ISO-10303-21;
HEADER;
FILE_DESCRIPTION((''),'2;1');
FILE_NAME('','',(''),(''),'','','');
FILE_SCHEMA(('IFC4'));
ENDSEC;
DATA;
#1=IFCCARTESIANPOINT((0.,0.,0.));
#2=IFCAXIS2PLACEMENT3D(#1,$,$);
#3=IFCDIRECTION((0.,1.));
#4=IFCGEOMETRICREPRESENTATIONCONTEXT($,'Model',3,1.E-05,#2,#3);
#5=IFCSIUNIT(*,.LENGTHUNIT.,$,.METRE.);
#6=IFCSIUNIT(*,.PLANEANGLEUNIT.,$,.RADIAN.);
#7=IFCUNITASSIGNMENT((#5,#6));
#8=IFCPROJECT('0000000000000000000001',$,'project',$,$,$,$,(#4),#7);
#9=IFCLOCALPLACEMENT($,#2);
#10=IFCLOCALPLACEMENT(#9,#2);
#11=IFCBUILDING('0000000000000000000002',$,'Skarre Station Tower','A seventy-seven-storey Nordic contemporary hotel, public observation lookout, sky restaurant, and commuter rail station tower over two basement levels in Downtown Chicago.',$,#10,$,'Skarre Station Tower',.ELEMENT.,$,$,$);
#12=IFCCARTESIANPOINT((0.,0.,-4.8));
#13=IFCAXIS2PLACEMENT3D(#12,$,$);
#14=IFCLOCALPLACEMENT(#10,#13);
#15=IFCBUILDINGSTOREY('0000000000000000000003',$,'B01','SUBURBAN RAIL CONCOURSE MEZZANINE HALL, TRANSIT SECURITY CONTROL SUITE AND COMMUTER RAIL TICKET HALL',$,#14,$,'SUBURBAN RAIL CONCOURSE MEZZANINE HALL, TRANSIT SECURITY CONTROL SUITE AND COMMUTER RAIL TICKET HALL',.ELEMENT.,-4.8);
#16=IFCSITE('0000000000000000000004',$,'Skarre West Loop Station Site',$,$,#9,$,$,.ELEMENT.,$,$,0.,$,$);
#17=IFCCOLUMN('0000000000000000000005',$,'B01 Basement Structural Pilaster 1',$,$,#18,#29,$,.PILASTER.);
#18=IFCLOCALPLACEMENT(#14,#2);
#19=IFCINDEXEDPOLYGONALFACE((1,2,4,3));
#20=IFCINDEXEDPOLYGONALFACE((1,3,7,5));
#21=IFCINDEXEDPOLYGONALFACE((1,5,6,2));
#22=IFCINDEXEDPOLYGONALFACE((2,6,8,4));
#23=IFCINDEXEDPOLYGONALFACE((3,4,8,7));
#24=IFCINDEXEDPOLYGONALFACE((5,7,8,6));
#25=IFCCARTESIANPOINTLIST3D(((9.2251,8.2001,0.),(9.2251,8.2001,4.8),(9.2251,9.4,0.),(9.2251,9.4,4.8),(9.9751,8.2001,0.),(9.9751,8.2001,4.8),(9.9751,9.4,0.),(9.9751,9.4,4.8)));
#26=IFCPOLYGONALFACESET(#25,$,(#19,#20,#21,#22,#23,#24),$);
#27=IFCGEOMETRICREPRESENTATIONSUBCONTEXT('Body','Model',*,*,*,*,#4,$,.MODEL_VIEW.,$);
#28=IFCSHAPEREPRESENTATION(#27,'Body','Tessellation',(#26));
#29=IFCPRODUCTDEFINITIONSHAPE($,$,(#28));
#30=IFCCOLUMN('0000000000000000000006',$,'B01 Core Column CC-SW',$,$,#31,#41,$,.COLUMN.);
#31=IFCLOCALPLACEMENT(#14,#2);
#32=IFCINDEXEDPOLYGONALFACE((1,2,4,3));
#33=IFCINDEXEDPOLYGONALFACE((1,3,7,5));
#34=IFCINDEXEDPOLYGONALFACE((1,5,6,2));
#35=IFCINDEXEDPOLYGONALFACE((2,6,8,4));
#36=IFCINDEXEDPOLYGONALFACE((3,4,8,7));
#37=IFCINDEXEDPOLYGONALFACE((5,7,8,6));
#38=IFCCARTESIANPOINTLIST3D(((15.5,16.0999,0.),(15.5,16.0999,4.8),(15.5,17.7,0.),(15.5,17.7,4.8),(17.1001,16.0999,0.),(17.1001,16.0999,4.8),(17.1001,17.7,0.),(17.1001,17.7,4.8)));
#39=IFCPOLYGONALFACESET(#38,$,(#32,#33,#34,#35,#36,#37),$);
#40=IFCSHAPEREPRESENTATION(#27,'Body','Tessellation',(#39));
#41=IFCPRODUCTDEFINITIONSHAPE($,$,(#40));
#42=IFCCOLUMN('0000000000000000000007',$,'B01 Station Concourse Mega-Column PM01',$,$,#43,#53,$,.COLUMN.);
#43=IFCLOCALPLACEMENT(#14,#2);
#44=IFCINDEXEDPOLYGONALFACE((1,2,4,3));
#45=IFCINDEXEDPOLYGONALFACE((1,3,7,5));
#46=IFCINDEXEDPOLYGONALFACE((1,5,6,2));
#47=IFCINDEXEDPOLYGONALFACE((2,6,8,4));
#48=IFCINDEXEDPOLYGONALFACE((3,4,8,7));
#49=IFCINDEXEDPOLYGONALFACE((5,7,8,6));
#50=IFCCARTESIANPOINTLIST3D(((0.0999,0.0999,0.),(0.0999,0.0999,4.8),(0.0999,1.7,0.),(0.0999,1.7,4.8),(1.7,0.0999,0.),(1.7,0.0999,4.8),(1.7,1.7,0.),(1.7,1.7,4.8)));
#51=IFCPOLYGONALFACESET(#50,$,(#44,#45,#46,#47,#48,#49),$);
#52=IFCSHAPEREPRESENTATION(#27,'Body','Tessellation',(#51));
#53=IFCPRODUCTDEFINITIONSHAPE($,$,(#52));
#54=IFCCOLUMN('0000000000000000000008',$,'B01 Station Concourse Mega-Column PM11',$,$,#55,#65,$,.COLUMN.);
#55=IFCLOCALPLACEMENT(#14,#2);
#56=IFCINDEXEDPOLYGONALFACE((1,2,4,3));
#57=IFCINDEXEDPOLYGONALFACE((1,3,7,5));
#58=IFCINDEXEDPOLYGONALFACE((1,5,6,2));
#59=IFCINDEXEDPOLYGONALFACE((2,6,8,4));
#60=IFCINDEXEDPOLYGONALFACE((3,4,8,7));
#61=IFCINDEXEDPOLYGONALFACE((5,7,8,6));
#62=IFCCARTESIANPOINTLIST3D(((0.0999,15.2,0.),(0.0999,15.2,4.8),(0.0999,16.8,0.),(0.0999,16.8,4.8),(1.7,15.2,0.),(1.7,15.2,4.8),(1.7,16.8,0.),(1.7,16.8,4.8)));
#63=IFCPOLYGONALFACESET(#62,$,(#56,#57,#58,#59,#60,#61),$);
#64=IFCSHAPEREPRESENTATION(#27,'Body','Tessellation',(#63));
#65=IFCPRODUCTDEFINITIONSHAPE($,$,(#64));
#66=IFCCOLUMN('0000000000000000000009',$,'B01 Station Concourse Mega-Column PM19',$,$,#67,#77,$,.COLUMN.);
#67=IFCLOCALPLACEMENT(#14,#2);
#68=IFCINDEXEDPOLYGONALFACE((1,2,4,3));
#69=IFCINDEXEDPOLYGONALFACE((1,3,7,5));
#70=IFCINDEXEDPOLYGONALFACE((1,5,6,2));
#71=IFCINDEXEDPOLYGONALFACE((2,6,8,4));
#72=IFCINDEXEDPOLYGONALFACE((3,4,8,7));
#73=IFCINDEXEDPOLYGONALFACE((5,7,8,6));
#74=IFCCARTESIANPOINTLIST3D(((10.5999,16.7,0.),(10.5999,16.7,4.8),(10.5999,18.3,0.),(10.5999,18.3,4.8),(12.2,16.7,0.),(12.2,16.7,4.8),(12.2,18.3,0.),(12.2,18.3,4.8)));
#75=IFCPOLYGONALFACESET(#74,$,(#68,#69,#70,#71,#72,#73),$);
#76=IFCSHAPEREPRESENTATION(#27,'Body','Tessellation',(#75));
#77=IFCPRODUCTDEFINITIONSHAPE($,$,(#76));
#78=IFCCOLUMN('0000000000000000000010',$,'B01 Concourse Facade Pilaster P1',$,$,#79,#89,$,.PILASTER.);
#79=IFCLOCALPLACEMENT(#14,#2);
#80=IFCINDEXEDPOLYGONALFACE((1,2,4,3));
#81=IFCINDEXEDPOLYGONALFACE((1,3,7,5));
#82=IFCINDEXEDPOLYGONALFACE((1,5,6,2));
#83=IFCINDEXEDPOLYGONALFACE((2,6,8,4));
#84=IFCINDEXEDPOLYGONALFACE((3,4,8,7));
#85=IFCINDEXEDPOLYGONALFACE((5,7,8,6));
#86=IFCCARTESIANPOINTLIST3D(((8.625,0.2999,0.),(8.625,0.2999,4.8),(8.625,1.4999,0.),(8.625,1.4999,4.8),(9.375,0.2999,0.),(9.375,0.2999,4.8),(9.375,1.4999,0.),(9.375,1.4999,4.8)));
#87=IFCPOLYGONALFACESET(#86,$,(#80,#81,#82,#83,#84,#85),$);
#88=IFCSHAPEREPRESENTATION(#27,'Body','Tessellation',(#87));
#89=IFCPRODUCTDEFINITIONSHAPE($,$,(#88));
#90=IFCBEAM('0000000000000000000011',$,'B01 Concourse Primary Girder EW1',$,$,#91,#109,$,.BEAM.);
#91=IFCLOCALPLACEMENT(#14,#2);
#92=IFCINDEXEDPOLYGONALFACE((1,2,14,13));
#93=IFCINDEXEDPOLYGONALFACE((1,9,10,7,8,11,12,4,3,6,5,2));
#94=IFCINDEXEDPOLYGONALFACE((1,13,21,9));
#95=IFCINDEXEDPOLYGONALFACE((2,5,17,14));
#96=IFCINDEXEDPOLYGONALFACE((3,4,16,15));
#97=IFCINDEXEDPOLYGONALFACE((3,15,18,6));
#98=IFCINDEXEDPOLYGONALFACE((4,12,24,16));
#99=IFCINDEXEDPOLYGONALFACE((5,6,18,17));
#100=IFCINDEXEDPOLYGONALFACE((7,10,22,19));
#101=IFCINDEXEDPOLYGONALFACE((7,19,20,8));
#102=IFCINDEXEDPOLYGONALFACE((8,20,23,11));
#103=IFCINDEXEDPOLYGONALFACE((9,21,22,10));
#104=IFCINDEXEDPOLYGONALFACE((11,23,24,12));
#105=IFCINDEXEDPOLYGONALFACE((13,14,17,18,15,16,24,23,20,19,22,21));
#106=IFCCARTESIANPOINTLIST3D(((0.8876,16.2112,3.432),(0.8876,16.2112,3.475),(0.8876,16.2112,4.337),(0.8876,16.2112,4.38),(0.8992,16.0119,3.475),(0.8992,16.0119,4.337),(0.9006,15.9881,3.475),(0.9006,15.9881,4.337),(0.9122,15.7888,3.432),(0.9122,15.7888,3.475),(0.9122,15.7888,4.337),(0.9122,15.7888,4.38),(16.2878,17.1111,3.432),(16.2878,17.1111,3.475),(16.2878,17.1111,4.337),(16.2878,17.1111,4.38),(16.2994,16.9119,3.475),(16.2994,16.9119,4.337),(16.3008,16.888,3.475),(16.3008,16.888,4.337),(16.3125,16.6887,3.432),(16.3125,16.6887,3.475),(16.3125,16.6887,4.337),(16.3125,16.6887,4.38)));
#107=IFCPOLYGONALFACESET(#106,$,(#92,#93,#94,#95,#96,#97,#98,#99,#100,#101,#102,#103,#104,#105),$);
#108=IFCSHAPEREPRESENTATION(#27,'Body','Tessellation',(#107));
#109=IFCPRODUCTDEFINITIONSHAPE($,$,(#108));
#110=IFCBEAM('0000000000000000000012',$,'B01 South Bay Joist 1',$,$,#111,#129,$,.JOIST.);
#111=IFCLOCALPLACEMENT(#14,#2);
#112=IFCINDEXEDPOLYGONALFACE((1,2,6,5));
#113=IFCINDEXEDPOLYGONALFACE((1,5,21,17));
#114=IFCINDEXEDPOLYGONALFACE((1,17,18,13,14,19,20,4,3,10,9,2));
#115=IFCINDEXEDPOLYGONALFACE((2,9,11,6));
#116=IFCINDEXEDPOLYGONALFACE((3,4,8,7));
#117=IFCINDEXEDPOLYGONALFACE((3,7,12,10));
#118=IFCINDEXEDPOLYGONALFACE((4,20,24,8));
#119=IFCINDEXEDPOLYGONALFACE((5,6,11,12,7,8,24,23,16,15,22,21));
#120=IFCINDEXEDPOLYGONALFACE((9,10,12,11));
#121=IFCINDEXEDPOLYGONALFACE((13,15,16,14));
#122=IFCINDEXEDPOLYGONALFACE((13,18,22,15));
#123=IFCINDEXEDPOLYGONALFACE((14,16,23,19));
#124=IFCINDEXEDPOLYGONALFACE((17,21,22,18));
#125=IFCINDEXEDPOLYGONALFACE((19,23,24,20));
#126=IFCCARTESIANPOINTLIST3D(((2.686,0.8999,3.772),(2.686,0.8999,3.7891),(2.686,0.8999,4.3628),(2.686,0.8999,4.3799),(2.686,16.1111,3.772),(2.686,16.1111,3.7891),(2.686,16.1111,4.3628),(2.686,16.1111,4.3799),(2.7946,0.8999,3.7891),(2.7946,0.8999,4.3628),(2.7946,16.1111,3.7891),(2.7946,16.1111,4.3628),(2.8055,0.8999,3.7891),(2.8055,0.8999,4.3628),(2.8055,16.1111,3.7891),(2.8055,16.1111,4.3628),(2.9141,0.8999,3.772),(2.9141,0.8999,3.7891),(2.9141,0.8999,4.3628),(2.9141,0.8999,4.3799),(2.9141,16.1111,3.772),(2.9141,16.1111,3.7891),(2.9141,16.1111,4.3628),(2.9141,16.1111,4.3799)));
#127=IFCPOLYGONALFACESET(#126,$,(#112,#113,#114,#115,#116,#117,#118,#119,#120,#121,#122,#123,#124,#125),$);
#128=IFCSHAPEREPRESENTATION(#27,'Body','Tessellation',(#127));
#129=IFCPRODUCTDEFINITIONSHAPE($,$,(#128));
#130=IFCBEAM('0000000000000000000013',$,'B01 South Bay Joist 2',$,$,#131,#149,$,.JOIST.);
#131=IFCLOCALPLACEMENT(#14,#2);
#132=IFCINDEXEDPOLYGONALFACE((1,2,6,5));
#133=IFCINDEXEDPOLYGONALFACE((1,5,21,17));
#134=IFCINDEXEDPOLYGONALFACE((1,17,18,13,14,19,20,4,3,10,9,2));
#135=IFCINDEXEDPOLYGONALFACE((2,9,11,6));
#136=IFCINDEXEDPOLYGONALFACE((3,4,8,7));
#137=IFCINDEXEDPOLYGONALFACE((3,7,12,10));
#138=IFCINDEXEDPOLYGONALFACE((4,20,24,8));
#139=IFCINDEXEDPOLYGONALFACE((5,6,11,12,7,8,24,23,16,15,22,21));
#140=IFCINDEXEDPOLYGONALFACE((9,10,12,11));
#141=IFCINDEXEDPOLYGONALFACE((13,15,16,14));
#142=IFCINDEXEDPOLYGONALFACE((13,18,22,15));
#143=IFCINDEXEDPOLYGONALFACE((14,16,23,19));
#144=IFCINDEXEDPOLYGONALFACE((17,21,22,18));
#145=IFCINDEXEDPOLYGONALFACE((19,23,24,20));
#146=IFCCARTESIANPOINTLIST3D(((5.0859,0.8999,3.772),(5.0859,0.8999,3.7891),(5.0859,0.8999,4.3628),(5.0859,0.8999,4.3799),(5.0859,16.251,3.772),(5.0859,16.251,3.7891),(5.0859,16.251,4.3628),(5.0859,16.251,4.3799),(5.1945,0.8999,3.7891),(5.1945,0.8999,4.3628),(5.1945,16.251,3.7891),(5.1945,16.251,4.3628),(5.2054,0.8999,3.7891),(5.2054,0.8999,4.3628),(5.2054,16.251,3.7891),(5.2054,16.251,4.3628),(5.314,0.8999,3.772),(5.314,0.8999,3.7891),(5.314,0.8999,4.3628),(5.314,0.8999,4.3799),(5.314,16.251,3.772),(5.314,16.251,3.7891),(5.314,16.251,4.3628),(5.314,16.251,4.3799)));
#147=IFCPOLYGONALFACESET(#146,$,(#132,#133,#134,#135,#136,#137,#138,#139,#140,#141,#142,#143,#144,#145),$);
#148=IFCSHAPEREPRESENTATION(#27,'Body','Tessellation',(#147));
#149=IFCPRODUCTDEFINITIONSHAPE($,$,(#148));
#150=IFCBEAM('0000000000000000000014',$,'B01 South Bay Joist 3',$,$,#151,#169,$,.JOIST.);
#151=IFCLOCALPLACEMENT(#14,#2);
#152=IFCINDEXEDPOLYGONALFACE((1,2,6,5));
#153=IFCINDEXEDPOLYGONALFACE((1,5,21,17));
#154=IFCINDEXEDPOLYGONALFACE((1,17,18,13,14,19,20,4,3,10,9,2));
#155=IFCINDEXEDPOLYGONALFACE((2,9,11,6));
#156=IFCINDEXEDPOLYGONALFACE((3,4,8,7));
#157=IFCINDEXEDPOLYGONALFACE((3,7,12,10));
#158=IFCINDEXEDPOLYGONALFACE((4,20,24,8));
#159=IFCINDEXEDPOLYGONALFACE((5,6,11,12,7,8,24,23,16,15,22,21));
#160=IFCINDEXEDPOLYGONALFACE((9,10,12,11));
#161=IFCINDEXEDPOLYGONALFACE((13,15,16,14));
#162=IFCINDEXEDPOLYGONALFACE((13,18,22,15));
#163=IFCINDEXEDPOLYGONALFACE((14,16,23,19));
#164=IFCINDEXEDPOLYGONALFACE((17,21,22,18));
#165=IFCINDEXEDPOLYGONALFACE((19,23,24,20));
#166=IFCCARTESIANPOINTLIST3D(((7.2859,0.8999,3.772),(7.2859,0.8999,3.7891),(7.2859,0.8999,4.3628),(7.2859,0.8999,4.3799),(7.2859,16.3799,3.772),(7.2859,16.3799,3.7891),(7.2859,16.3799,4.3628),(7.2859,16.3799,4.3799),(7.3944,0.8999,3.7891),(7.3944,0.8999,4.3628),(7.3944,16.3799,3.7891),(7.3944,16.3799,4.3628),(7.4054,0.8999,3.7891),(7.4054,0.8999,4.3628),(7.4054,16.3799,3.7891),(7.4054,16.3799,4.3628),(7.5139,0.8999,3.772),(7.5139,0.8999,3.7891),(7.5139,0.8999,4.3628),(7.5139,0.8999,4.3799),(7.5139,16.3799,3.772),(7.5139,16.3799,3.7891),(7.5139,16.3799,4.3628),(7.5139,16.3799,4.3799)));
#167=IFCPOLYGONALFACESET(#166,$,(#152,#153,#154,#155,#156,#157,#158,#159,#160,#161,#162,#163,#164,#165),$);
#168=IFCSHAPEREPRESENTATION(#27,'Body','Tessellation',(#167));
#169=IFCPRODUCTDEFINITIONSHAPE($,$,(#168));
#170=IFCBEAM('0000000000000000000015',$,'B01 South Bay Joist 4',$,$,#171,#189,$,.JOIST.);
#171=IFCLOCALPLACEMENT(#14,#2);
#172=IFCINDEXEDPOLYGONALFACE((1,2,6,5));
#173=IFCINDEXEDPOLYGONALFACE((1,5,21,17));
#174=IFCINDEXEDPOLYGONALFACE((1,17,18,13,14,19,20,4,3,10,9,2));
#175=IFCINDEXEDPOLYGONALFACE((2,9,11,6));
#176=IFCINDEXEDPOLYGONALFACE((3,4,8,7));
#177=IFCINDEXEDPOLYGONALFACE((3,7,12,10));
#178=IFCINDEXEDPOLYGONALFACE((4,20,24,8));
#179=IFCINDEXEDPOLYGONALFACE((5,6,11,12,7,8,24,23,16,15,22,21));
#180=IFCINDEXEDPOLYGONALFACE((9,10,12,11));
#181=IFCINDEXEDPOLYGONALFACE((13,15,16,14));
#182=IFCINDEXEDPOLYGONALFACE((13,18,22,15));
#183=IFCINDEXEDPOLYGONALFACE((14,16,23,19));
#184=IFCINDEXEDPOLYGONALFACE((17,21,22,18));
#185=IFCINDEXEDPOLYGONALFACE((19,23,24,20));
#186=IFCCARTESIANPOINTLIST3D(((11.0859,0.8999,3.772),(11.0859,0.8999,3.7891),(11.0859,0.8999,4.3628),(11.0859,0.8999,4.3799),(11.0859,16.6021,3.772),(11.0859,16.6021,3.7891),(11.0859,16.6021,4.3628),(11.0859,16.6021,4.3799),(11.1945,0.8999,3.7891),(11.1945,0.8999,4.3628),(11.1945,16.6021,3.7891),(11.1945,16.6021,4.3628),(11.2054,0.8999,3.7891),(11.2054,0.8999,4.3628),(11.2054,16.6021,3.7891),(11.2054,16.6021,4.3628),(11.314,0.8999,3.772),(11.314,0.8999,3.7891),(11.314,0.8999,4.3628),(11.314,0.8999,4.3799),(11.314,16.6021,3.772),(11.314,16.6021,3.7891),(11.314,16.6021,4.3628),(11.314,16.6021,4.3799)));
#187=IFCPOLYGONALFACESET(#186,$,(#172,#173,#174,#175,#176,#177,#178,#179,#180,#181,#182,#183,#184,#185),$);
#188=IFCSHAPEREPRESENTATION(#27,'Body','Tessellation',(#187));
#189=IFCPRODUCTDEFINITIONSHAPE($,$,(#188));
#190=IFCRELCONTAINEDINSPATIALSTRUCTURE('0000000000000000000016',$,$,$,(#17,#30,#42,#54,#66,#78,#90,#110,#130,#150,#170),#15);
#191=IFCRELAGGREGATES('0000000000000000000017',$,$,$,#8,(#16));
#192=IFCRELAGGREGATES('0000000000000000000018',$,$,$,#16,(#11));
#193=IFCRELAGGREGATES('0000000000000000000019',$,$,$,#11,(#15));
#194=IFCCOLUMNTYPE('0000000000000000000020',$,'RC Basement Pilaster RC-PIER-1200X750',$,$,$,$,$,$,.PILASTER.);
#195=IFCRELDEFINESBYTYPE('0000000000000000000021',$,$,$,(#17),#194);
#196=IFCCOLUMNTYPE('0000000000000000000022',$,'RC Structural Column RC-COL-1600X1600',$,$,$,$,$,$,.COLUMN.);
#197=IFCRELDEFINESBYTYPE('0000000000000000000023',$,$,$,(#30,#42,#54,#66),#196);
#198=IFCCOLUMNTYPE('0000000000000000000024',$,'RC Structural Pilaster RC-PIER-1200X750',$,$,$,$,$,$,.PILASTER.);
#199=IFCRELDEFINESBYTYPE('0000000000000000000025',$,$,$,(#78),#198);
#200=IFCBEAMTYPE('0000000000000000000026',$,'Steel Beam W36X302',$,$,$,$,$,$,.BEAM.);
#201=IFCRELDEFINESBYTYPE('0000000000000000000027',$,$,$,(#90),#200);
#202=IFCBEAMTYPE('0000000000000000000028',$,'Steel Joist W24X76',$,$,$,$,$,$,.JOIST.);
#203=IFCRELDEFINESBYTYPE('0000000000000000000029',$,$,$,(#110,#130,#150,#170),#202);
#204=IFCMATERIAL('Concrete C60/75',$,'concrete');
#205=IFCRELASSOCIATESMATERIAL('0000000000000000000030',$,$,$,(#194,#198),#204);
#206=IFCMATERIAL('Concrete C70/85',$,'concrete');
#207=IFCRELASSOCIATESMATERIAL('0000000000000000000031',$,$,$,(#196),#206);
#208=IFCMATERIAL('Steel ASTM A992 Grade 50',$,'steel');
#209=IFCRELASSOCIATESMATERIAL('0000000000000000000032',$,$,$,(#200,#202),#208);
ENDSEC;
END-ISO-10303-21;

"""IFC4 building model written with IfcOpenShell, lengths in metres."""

from ifc_helpers import new_model, si_unit, direction, frame, origin, origin_2d, place, context, subcontext, project, spatial, rectangle, i_section, extrude, material, material_profile, profile_set, type_object, element, save


model = new_model("IFC4")

# Units and contexts
model_context = context("Model", 3, precision=1e-05, world=origin(), true_north=direction((0.0, 1.0)))
body_context = subcontext(model_context, "Body", "Model", "MODEL_VIEW")
ifc_project = project(units=[si_unit("LENGTHUNIT", "METRE"), si_unit("PLANEANGLEUNIT", "RADIAN")], contexts=[model_context])

# Site, building, storey
site_placement = place(None, origin())
site = spatial("IfcSite", under=ifc_project, at=site_placement, Name="Skarre West Loop Station Site", CompositionType="ELEMENT", RefElevation=0.0)
building_placement = place(site_placement, origin())
building = spatial("IfcBuilding", under=site, at=building_placement, Name="Skarre Station Tower", Description="A seventy-seven-storey Nordic contemporary hotel, public observation lookout, sky restaurant, and commuter rail station tower over two basement levels in Downtown Chicago.", LongName="Skarre Station Tower", CompositionType="ELEMENT")
storey_placement = place(building_placement, frame((0.0, 0.0, -4.8)))
storey = spatial("IfcBuildingStorey", under=building, at=storey_placement, Name="B01", Description="SUBURBAN RAIL CONCOURSE MEZZANINE HALL, TRANSIT SECURITY CONTROL SUITE AND COMMUTER RAIL TICKET HALL", LongName="SUBURBAN RAIL CONCOURSE MEZZANINE HALL, TRANSIT SECURITY CONTROL SUITE AND COMMUTER RAIL TICKET HALL", CompositionType="ELEMENT", Elevation=-4.8)

# Columns
ifc_material_1 = material(Name="Concrete C60/75", Category="concrete")
ifc_material_profile_1 = material_profile(ifc_material_1, rectangle(XDim=0.75, YDim=1.2, at=origin_2d()), Name="Concrete C60/75")
ifc_profile_set_1 = profile_set([ifc_material_profile_1], Name="Concrete C60/75")
column_type_1 = type_object("IfcColumnType", Name="RC Basement Pilaster RC-PIER-1200X750", PredefinedType="PILASTER", material=ifc_profile_set_1)
column_1_placement = place(storey_placement, frame((9.6001, 8.8, 0.0), z_axis=(0.0, 0.0, 1.0), x_axis=(1.0, 0.0, 0.0)))
element("IfcColumn", 1, at=column_1_placement, inside=storey, type_object=column_type_1, Name="B01 Basement Structural Pilaster 1", PredefinedType="PILASTER", context=body_context, shape_type="SweptSolid", body=[
    extrude(rectangle(XDim=0.75, YDim=1.2, at=origin_2d()), origin(), (0.0, 0.0, 1.0), 4.8),
])
ifc_material_2 = material(Name="Concrete C70/85", Category="concrete")
ifc_material_profile_2 = material_profile(ifc_material_2, rectangle(XDim=1.6001, YDim=1.6001, at=origin_2d()), Name="Concrete C70/85")
ifc_profile_set_2 = profile_set([ifc_material_profile_2], Name="Concrete C70/85")
column_type_2 = type_object("IfcColumnType", Name="RC Structural Column RC-COL-1600X1600", PredefinedType="COLUMN", material=ifc_profile_set_2)
for number, where, z_axis, x_axis, name in (
    (2, (16.3, 16.8999, 0.0), (0.0, 0.0, 1.0), (1.0, 0.0, 0.0), "B01 Core Column CC-SW"),
    (3, (0.8999, 0.8999, 0.0), (0.0, 0.0, 1.0), (1.0, 0.0, 0.0), "B01 Station Concourse Mega-Column PM01"),
    (4, (0.8999, 16.0, 0.0), (0.0, 0.0, 1.0), (1.0, 0.0, 0.0), "B01 Station Concourse Mega-Column PM11"),
    (5, (11.3999, 17.5, 0.0), (0.0, 0.0, 1.0), (1.0, 0.0, 0.0), "B01 Station Concourse Mega-Column PM19"),
):
    element("IfcColumn", number, at=place(storey_placement, frame(where, z_axis=z_axis, x_axis=x_axis)), inside=storey, type_object=column_type_2, Name=name, PredefinedType="COLUMN", context=body_context, shape_type="SweptSolid", body=[
        extrude(rectangle(XDim=1.6001, YDim=1.6001, at=origin_2d()), origin(), (0.0, 0.0, 1.0), 4.8),
    ])
ifc_material_profile_3 = material_profile(ifc_material_1, rectangle(XDim=0.75, YDim=1.2, at=origin_2d()), Name="Concrete C60/75")
ifc_profile_set_3 = profile_set([ifc_material_profile_3], Name="Concrete C60/75")
column_type_3 = type_object("IfcColumnType", Name="RC Structural Pilaster RC-PIER-1200X750", PredefinedType="PILASTER", material=ifc_profile_set_3)
column_2_placement = place(storey_placement, frame((9.0, 0.8999, 0.0), z_axis=(0.0, 0.0, 1.0), x_axis=(1.0, 0.0, 0.0)))
element("IfcColumn", 6, at=column_2_placement, inside=storey, type_object=column_type_3, Name="B01 Concourse Facade Pilaster P1", PredefinedType="PILASTER", context=body_context, shape_type="SweptSolid", body=[
    extrude(rectangle(XDim=0.75, YDim=1.2, at=origin_2d()), origin(), (0.0, 0.0, 1.0), 4.8),
])

# Beams
ifc_material_3 = material(Name="Steel ASTM A992 Grade 50", Category="steel")
ifc_material_profile_4 = material_profile(ifc_material_3, i_section(OverallWidth=0.4231, OverallDepth=0.948, WebThickness=0.0239, FlangeThickness=0.043, at=origin_2d()), Name="Steel ASTM A992 Grade 50")
ifc_profile_set_4 = profile_set([ifc_material_profile_4], Name="Steel ASTM A992 Grade 50")
beam_type_1 = type_object("IfcBeamType", Name="Steel Beam W36X302", PredefinedType="BEAM", material=ifc_profile_set_4)
beam_1_placement = place(storey_placement, frame((0.8999, 16.0, 3.906), z_axis=(0.998297, 0.058335, 0.0), x_axis=(-0.058335, 0.998297, 0.0)))
element("IfcBeam", 7, at=beam_1_placement, inside=storey, type_object=beam_type_1, Name="B01 Concourse Primary Girder EW1", PredefinedType="BEAM", context=body_context, shape_type="SweptSolid", body=[
    extrude(i_section(OverallWidth=0.4231, OverallDepth=0.948, WebThickness=0.0239, FlangeThickness=0.043, at=origin_2d()), origin(), (0.0, 0.0, 1.0), 15.4265),
])
ifc_material_profile_5 = material_profile(ifc_material_3, i_section(OverallWidth=0.228, OverallDepth=0.6079, WebThickness=0.011, FlangeThickness=0.0171, at=origin_2d()), Name="Steel ASTM A992 Grade 50")
ifc_profile_set_5 = profile_set([ifc_material_profile_5], Name="Steel ASTM A992 Grade 50")
beam_type_2 = type_object("IfcBeamType", Name="Steel Joist W24X76", PredefinedType="JOIST", material=ifc_profile_set_5)
beam_2_placement = place(storey_placement, frame((2.8, 0.8999, 4.0759), z_axis=(0.0, 1.0, 0.0), x_axis=(-1.0, 0.0, 0.0)))
element("IfcBeam", 8, at=beam_2_placement, inside=storey, type_object=beam_type_2, Name="B01 South Bay Joist 1", PredefinedType="JOIST", context=body_context, shape_type="SweptSolid", body=[
    extrude(i_section(OverallWidth=0.228, OverallDepth=0.6079, WebThickness=0.011, FlangeThickness=0.0171, at=origin_2d()), origin(), (0.0, 0.0, 1.0), 15.2112),
])
beam_3_placement = place(storey_placement, frame((5.2, 0.8999, 4.0759), z_axis=(0.0, 1.0, 0.0), x_axis=(-1.0, 0.0, 0.0)))
element("IfcBeam", 9, at=beam_3_placement, inside=storey, type_object=beam_type_2, Name="B01 South Bay Joist 2", PredefinedType="JOIST", context=body_context, shape_type="SweptSolid", body=[
    extrude(i_section(OverallWidth=0.228, OverallDepth=0.6079, WebThickness=0.011, FlangeThickness=0.0171, at=origin_2d()), origin(), (0.0, 0.0, 1.0), 15.3511),
])
beam_4_placement = place(storey_placement, frame((7.3999, 0.8999, 4.0759), z_axis=(0.0, 1.0, 0.0), x_axis=(-1.0, 0.0, 0.0)))
element("IfcBeam", 10, at=beam_4_placement, inside=storey, type_object=beam_type_2, Name="B01 South Bay Joist 3", PredefinedType="JOIST", context=body_context, shape_type="SweptSolid", body=[
    extrude(i_section(OverallWidth=0.228, OverallDepth=0.6079, WebThickness=0.011, FlangeThickness=0.0171, at=origin_2d()), origin(), (0.0, 0.0, 1.0), 15.48),
])
beam_5_placement = place(storey_placement, frame((11.2, 0.8999, 4.0759), z_axis=(0.0, 1.0, 0.0), x_axis=(-1.0, 0.0, 0.0)))
element("IfcBeam", 11, at=beam_5_placement, inside=storey, type_object=beam_type_2, Name="B01 South Bay Joist 4", PredefinedType="JOIST", context=body_context, shape_type="SweptSolid", body=[
    extrude(i_section(OverallWidth=0.228, OverallDepth=0.6079, WebThickness=0.011, FlangeThickness=0.0171, at=origin_2d()), origin(), (0.0, 0.0, 1.0), 15.7021),
])

save(model, "model.ifc")
